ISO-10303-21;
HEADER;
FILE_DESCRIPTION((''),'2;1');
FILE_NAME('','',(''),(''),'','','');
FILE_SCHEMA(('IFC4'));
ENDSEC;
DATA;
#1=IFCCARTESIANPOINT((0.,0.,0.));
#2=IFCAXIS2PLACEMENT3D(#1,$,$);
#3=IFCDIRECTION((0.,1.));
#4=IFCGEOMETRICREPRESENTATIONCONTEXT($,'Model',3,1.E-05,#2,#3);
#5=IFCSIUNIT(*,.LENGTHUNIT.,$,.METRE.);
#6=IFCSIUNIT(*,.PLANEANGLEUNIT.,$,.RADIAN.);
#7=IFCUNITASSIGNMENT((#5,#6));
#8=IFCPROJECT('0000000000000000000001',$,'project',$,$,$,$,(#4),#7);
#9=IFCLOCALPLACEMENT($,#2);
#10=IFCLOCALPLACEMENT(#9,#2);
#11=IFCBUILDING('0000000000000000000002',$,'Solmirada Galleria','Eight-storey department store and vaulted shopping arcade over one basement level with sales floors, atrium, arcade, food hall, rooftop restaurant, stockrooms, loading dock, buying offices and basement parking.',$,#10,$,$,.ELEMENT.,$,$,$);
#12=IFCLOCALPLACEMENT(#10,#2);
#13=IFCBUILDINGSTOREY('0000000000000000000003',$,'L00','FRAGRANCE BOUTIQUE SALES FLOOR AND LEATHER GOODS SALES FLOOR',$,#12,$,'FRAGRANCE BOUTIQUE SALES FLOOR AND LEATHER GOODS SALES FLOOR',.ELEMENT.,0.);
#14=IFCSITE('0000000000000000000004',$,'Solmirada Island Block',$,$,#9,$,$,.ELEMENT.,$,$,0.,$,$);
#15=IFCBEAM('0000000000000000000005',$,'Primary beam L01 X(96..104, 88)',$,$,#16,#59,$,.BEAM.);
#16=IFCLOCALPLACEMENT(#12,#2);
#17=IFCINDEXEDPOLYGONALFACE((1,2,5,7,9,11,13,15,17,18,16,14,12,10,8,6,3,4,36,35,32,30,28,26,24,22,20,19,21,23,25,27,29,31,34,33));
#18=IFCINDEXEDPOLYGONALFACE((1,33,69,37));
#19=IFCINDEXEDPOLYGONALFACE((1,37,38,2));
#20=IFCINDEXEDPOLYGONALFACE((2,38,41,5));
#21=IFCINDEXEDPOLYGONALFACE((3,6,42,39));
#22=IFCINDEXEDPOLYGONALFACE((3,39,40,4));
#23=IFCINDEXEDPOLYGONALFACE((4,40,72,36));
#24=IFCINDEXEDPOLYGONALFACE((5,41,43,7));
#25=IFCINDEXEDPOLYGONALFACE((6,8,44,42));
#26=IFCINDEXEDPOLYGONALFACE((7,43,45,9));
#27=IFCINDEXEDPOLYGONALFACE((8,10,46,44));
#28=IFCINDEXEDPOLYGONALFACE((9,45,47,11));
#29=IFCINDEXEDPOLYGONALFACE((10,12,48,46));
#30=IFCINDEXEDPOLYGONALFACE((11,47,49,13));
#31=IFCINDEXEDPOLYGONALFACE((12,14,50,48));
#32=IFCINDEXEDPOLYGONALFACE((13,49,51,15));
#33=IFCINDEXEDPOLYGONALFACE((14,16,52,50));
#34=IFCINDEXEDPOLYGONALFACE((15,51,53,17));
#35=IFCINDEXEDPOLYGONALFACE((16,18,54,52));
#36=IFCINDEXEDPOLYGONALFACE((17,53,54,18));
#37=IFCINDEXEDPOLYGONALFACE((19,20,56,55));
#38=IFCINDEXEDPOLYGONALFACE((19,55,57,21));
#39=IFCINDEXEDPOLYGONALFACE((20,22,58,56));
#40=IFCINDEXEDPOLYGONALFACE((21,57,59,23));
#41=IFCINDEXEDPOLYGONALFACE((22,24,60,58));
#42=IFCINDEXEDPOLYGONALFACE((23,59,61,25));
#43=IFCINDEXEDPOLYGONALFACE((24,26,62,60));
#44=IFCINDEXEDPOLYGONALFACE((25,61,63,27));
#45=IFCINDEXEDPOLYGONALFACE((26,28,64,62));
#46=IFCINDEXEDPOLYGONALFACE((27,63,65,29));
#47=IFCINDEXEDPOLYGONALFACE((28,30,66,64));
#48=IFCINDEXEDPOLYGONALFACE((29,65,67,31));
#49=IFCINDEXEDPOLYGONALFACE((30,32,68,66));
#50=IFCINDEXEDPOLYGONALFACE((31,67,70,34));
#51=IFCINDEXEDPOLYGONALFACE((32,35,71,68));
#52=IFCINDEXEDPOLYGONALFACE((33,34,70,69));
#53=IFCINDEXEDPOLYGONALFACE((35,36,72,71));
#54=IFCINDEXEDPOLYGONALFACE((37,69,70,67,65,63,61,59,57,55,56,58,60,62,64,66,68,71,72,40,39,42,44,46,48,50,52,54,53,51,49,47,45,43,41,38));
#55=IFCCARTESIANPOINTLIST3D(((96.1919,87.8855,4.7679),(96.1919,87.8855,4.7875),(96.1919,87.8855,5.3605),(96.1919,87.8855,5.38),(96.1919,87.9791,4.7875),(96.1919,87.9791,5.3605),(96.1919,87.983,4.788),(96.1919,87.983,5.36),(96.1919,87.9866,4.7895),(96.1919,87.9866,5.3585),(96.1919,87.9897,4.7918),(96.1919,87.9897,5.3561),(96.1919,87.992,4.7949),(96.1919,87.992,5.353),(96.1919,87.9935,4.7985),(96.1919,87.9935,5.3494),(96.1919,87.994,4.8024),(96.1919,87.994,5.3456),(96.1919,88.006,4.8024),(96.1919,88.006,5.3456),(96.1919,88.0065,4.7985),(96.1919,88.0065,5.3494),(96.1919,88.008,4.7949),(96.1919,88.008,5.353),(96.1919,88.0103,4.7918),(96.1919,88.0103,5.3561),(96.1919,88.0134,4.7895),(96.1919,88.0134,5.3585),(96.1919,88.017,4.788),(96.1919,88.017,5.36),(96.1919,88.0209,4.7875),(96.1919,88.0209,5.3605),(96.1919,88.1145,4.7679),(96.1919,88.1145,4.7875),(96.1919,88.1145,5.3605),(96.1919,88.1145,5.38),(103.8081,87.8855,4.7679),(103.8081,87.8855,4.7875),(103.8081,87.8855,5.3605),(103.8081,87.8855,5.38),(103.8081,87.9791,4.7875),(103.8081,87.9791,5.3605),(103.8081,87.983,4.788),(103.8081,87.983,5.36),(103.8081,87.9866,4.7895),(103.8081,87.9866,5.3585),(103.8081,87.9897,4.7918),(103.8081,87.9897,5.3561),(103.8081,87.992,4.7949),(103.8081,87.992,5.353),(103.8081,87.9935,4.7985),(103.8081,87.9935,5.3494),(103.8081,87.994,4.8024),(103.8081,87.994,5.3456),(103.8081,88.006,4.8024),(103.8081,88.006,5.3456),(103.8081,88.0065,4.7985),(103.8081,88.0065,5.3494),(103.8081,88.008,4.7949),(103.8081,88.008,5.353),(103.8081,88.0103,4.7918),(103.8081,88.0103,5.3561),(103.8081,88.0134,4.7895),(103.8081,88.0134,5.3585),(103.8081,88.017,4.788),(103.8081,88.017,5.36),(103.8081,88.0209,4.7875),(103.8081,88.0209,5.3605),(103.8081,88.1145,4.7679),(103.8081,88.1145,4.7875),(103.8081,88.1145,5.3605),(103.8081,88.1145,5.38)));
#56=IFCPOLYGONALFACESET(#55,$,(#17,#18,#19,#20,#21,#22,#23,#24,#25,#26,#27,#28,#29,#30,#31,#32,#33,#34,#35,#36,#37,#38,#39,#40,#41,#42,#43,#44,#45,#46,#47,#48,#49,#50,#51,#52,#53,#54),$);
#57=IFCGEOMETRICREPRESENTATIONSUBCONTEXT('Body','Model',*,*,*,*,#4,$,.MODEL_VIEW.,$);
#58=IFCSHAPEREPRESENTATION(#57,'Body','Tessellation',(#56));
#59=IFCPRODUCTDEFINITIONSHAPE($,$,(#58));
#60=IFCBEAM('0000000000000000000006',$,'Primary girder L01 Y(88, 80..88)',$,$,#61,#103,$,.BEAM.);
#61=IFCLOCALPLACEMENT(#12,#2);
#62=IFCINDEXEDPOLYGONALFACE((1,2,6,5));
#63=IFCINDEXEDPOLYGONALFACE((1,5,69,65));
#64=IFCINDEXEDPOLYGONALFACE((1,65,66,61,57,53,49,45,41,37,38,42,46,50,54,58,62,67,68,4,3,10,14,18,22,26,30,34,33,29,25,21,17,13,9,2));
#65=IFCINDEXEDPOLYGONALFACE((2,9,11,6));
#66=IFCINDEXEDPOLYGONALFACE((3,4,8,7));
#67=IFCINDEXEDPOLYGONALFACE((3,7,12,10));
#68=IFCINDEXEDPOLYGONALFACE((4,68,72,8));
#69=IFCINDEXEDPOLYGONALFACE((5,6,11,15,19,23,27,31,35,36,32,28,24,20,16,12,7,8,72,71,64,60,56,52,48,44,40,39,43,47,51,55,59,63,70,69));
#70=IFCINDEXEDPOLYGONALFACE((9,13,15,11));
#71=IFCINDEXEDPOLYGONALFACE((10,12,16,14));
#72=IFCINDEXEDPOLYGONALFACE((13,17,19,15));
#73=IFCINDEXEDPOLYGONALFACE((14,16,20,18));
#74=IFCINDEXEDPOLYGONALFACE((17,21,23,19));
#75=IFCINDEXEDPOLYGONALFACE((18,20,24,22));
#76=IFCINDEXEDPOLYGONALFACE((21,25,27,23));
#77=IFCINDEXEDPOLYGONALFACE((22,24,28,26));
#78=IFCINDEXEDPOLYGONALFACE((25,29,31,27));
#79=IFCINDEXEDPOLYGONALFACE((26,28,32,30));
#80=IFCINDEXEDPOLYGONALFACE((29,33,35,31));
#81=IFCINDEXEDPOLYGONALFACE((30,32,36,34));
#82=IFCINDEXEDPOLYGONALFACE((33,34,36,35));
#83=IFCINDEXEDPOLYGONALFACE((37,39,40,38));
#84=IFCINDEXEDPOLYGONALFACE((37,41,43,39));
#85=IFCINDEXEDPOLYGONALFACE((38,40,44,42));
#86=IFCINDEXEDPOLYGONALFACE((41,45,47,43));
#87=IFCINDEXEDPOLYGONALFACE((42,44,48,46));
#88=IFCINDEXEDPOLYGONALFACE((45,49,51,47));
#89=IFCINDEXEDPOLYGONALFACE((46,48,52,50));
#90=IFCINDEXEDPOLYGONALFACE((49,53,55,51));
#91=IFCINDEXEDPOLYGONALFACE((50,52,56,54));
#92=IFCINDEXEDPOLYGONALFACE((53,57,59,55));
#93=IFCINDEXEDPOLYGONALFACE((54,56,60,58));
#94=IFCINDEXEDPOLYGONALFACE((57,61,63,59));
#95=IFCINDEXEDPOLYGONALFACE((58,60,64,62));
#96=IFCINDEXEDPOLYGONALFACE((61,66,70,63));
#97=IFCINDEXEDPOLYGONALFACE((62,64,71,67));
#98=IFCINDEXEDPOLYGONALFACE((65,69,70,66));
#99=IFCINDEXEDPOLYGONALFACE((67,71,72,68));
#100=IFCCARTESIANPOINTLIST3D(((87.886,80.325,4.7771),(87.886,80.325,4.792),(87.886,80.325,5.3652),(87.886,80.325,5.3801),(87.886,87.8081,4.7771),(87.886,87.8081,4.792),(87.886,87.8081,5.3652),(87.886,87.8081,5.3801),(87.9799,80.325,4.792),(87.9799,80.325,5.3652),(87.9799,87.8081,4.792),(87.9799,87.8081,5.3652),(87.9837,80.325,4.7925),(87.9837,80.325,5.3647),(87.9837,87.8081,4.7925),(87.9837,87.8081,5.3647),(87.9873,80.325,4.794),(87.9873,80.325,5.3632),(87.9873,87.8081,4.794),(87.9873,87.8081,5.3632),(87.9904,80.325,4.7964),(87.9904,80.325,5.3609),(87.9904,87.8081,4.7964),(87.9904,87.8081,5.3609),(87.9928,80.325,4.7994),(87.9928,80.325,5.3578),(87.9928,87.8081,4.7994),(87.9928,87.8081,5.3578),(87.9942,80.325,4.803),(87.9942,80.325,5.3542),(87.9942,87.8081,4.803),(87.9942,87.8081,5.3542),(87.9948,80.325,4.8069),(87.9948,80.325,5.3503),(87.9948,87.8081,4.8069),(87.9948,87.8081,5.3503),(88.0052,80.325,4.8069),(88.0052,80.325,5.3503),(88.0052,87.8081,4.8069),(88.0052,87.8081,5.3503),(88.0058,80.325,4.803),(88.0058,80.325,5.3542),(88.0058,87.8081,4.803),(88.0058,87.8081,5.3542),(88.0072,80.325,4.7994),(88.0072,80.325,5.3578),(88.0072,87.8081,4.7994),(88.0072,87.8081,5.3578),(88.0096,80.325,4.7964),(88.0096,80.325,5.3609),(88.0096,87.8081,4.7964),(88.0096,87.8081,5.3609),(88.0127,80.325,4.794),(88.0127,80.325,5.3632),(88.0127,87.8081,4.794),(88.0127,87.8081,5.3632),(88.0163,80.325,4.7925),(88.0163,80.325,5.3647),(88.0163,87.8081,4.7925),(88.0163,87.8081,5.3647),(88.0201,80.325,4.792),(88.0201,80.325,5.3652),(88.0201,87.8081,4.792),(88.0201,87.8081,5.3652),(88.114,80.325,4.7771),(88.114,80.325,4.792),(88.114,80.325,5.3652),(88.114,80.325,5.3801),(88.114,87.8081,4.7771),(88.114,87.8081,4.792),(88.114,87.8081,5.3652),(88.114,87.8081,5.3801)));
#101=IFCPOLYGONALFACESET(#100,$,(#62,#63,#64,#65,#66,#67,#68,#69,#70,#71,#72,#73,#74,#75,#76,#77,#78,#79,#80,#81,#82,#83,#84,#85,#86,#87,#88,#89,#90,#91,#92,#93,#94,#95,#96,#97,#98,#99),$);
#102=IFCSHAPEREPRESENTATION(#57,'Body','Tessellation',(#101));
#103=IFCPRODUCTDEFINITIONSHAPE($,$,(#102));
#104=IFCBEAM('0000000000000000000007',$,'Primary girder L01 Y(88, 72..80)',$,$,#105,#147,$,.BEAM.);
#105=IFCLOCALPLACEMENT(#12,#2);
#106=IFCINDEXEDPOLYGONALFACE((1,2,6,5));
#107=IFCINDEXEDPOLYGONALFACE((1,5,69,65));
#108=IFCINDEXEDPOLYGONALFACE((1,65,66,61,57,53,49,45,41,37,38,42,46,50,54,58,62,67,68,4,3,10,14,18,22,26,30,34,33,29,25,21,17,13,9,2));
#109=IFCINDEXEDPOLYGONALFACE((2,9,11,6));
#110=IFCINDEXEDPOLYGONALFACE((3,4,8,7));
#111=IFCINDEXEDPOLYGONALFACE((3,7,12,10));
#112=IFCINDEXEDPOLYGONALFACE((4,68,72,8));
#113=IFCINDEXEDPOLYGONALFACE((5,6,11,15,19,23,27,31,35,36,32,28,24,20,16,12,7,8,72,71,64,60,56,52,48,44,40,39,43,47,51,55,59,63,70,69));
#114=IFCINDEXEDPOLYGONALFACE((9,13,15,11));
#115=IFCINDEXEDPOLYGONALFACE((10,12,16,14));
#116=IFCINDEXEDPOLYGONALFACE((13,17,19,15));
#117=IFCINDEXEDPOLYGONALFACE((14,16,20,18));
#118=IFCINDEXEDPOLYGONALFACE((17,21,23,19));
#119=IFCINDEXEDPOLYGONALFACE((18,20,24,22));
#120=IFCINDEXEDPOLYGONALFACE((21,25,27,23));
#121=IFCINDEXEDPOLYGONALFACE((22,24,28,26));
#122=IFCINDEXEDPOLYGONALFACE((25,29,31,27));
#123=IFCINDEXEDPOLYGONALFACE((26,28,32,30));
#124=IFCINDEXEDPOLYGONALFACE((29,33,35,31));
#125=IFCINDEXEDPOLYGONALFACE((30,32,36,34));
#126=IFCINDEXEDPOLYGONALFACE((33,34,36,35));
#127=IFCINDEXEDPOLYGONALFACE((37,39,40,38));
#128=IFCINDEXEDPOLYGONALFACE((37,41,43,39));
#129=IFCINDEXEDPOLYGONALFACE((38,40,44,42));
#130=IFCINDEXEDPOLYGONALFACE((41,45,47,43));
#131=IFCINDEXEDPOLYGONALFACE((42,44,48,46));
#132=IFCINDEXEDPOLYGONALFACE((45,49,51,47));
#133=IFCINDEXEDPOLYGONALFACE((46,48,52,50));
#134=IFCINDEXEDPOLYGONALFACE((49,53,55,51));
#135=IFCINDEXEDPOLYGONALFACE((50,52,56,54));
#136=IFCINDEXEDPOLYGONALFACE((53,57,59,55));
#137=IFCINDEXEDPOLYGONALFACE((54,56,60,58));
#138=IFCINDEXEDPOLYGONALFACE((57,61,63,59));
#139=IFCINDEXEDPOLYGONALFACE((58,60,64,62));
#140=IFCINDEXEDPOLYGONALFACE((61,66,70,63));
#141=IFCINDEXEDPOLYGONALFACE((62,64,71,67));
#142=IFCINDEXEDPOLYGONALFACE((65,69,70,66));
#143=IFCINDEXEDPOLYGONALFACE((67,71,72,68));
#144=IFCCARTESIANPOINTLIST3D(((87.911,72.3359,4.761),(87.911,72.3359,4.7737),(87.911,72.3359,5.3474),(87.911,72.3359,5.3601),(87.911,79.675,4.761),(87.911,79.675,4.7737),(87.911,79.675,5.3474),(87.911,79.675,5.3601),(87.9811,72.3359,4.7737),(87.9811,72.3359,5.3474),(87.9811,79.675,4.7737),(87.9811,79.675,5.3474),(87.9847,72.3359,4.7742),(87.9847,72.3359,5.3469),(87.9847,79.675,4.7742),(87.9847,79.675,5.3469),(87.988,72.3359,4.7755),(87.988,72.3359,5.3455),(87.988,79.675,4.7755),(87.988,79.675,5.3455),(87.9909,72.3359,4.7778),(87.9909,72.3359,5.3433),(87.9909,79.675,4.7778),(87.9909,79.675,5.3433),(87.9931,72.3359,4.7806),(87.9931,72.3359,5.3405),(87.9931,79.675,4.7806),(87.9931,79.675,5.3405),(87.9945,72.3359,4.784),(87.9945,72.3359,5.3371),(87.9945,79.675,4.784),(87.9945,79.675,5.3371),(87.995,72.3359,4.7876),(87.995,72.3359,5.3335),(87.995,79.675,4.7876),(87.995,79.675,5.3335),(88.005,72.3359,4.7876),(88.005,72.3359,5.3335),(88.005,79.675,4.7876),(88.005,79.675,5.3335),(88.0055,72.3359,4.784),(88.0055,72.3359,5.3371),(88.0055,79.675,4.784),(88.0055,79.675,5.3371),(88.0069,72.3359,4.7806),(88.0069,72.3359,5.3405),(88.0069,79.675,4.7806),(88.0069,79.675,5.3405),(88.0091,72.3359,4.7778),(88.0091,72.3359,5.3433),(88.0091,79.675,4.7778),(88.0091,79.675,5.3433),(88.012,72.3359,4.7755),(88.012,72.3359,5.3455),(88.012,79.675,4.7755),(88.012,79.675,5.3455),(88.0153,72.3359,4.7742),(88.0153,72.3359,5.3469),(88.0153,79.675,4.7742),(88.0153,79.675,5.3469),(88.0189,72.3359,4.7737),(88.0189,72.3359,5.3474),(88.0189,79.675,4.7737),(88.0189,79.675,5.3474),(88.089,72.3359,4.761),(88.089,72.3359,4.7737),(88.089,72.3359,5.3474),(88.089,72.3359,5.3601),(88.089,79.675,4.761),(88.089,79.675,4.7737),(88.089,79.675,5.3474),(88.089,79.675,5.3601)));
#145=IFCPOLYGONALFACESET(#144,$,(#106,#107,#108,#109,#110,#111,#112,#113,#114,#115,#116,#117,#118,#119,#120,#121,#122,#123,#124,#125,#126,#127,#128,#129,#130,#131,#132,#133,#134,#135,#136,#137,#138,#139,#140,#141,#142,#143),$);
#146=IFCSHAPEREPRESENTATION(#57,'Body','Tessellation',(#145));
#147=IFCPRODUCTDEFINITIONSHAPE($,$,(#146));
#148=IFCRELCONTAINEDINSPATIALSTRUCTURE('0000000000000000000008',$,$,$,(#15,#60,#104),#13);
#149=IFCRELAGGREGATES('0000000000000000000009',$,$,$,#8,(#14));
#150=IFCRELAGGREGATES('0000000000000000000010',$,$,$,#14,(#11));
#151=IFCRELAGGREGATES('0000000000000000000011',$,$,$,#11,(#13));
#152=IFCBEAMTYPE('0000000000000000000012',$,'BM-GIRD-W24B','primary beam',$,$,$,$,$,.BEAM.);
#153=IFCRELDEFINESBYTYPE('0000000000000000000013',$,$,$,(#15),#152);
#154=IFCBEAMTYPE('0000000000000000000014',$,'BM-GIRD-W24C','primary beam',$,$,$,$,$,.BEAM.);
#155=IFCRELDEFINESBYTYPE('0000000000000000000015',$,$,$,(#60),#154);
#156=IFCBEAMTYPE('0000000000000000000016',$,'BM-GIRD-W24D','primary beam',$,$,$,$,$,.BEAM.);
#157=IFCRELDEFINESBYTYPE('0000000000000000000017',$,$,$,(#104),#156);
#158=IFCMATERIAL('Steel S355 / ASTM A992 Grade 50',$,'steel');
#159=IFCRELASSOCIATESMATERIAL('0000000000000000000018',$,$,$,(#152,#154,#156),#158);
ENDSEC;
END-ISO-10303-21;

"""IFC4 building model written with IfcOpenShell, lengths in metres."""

from ifc_helpers import new_model, si_unit, direction, frame, origin, origin_2d, place, context, subcontext, project, spatial, i_section, extrude, material, material_profile, profile_set, type_object, element, save


model = new_model("IFC4")

# Units and contexts
model_context = context("Model", 3, precision=1e-05, world=origin(), true_north=direction((0.0, 1.0)))
body_context = subcontext(model_context, "Body", "Model", "MODEL_VIEW")
ifc_project = project(units=[si_unit("LENGTHUNIT", "METRE"), si_unit("PLANEANGLEUNIT", "RADIAN")], contexts=[model_context])

# Site, building, storey
site_placement = place(None, origin())
site = spatial("IfcSite", under=ifc_project, at=site_placement, Name="Solmirada Island Block", CompositionType="ELEMENT", RefElevation=0.0)
building_placement = place(site_placement, origin())
building = spatial("IfcBuilding", under=site, at=building_placement, Name="Solmirada Galleria", Description="Eight-storey department store and vaulted shopping arcade over one basement level with sales floors, atrium, arcade, food hall, rooftop restaurant, stockrooms, loading dock, buying offices and basement parking.", CompositionType="ELEMENT")
storey_placement = place(building_placement, origin())
storey = spatial("IfcBuildingStorey", under=building, at=storey_placement, Name="L00", Description="FRAGRANCE BOUTIQUE SALES FLOOR AND LEATHER GOODS SALES FLOOR", LongName="FRAGRANCE BOUTIQUE SALES FLOOR AND LEATHER GOODS SALES FLOOR", CompositionType="ELEMENT", Elevation=0.0)

# Beams
ifc_material_1 = material(Name="Steel S355 / ASTM A992 Grade 50", Category="steel")
ifc_material_profile_1 = material_profile(ifc_material_1, i_section(OverallWidth=0.229, OverallDepth=0.6121, WebThickness=0.012, FlangeThickness=0.0195, FilletRadius=0.0149, at=origin_2d()), Name="W24X84")
ifc_profile_set_1 = profile_set([ifc_material_profile_1], Name="Steel S355 / ASTM A992 Grade 50")
beam_type_1 = type_object("IfcBeamType", Name="BM-GIRD-W24B", Description="primary beam", PredefinedType="BEAM", material=ifc_profile_set_1)
for number, where, z_axis, x_axis, name in (
    (1, (96.1919, 88.0, 5.074), (1.0, 0.0, 0.0), (0.0, 1.0, 0.0), "Primary beam L01 X(96..104, 88)"),
):
    element("IfcBeam", number, at=place(storey_placement, frame(where, z_axis=z_axis, x_axis=x_axis)), inside=storey, type_object=beam_type_1, Name=name, PredefinedType="BEAM", context=body_context, shape_type="SweptSolid", body=[
        extrude(i_section(OverallWidth=0.229, OverallDepth=0.6121, WebThickness=0.012, FlangeThickness=0.0195, FilletRadius=0.0149, at=origin_2d()), origin(), (0.0, 0.0, 1.0), 7.6162),
    ])
ifc_material_profile_2 = material_profile(ifc_material_1, i_section(OverallWidth=0.228, OverallDepth=0.603, WebThickness=0.0105, FlangeThickness=0.0149, FilletRadius=0.0149, at=origin_2d()), Name="W24X68")
ifc_profile_set_2 = profile_set([ifc_material_profile_2], Name="Steel S355 / ASTM A992 Grade 50")
beam_type_2 = type_object("IfcBeamType", Name="BM-GIRD-W24C", Description="primary beam", PredefinedType="BEAM", material=ifc_profile_set_2)
beam_1_placement = place(storey_placement, frame((88.0, 80.325, 5.0786), z_axis=(0.0, 1.0, 0.0), x_axis=(-1.0, 0.0, 0.0)))
element("IfcBeam", 2, at=beam_1_placement, inside=storey, type_object=beam_type_2, Name="Primary girder L01 Y(88, 80..88)", PredefinedType="BEAM", context=body_context, shape_type="SweptSolid", body=[
    extrude(i_section(OverallWidth=0.228, OverallDepth=0.603, WebThickness=0.0105, FlangeThickness=0.0149, FilletRadius=0.0149, at=origin_2d()), origin(), (0.0, 0.0, 1.0), 7.4832),
])
ifc_material_profile_3 = material_profile(ifc_material_1, i_section(OverallWidth=0.178, OverallDepth=0.5991, WebThickness=0.01, FlangeThickness=0.0127, FilletRadius=0.0139, at=origin_2d()), Name="W24X55")
ifc_profile_set_3 = profile_set([ifc_material_profile_3], Name="Steel S355 / ASTM A992 Grade 50")
beam_type_3 = type_object("IfcBeamType", Name="BM-GIRD-W24D", Description="primary beam", PredefinedType="BEAM", material=ifc_profile_set_3)
beam_2_placement = place(storey_placement, frame((88.0, 72.3359, 5.0605), z_axis=(0.0, 1.0, 0.0), x_axis=(-1.0, 0.0, 0.0)))
element("IfcBeam", 3, at=beam_2_placement, inside=storey, type_object=beam_type_3, Name="Primary girder L01 Y(88, 72..80)", PredefinedType="BEAM", context=body_context, shape_type="SweptSolid", body=[
    extrude(i_section(OverallWidth=0.178, OverallDepth=0.5991, WebThickness=0.01, FlangeThickness=0.0127, FilletRadius=0.0139, at=origin_2d()), origin(), (0.0, 0.0, 1.0), 7.3391),
])

save(model, "model.ifc")
